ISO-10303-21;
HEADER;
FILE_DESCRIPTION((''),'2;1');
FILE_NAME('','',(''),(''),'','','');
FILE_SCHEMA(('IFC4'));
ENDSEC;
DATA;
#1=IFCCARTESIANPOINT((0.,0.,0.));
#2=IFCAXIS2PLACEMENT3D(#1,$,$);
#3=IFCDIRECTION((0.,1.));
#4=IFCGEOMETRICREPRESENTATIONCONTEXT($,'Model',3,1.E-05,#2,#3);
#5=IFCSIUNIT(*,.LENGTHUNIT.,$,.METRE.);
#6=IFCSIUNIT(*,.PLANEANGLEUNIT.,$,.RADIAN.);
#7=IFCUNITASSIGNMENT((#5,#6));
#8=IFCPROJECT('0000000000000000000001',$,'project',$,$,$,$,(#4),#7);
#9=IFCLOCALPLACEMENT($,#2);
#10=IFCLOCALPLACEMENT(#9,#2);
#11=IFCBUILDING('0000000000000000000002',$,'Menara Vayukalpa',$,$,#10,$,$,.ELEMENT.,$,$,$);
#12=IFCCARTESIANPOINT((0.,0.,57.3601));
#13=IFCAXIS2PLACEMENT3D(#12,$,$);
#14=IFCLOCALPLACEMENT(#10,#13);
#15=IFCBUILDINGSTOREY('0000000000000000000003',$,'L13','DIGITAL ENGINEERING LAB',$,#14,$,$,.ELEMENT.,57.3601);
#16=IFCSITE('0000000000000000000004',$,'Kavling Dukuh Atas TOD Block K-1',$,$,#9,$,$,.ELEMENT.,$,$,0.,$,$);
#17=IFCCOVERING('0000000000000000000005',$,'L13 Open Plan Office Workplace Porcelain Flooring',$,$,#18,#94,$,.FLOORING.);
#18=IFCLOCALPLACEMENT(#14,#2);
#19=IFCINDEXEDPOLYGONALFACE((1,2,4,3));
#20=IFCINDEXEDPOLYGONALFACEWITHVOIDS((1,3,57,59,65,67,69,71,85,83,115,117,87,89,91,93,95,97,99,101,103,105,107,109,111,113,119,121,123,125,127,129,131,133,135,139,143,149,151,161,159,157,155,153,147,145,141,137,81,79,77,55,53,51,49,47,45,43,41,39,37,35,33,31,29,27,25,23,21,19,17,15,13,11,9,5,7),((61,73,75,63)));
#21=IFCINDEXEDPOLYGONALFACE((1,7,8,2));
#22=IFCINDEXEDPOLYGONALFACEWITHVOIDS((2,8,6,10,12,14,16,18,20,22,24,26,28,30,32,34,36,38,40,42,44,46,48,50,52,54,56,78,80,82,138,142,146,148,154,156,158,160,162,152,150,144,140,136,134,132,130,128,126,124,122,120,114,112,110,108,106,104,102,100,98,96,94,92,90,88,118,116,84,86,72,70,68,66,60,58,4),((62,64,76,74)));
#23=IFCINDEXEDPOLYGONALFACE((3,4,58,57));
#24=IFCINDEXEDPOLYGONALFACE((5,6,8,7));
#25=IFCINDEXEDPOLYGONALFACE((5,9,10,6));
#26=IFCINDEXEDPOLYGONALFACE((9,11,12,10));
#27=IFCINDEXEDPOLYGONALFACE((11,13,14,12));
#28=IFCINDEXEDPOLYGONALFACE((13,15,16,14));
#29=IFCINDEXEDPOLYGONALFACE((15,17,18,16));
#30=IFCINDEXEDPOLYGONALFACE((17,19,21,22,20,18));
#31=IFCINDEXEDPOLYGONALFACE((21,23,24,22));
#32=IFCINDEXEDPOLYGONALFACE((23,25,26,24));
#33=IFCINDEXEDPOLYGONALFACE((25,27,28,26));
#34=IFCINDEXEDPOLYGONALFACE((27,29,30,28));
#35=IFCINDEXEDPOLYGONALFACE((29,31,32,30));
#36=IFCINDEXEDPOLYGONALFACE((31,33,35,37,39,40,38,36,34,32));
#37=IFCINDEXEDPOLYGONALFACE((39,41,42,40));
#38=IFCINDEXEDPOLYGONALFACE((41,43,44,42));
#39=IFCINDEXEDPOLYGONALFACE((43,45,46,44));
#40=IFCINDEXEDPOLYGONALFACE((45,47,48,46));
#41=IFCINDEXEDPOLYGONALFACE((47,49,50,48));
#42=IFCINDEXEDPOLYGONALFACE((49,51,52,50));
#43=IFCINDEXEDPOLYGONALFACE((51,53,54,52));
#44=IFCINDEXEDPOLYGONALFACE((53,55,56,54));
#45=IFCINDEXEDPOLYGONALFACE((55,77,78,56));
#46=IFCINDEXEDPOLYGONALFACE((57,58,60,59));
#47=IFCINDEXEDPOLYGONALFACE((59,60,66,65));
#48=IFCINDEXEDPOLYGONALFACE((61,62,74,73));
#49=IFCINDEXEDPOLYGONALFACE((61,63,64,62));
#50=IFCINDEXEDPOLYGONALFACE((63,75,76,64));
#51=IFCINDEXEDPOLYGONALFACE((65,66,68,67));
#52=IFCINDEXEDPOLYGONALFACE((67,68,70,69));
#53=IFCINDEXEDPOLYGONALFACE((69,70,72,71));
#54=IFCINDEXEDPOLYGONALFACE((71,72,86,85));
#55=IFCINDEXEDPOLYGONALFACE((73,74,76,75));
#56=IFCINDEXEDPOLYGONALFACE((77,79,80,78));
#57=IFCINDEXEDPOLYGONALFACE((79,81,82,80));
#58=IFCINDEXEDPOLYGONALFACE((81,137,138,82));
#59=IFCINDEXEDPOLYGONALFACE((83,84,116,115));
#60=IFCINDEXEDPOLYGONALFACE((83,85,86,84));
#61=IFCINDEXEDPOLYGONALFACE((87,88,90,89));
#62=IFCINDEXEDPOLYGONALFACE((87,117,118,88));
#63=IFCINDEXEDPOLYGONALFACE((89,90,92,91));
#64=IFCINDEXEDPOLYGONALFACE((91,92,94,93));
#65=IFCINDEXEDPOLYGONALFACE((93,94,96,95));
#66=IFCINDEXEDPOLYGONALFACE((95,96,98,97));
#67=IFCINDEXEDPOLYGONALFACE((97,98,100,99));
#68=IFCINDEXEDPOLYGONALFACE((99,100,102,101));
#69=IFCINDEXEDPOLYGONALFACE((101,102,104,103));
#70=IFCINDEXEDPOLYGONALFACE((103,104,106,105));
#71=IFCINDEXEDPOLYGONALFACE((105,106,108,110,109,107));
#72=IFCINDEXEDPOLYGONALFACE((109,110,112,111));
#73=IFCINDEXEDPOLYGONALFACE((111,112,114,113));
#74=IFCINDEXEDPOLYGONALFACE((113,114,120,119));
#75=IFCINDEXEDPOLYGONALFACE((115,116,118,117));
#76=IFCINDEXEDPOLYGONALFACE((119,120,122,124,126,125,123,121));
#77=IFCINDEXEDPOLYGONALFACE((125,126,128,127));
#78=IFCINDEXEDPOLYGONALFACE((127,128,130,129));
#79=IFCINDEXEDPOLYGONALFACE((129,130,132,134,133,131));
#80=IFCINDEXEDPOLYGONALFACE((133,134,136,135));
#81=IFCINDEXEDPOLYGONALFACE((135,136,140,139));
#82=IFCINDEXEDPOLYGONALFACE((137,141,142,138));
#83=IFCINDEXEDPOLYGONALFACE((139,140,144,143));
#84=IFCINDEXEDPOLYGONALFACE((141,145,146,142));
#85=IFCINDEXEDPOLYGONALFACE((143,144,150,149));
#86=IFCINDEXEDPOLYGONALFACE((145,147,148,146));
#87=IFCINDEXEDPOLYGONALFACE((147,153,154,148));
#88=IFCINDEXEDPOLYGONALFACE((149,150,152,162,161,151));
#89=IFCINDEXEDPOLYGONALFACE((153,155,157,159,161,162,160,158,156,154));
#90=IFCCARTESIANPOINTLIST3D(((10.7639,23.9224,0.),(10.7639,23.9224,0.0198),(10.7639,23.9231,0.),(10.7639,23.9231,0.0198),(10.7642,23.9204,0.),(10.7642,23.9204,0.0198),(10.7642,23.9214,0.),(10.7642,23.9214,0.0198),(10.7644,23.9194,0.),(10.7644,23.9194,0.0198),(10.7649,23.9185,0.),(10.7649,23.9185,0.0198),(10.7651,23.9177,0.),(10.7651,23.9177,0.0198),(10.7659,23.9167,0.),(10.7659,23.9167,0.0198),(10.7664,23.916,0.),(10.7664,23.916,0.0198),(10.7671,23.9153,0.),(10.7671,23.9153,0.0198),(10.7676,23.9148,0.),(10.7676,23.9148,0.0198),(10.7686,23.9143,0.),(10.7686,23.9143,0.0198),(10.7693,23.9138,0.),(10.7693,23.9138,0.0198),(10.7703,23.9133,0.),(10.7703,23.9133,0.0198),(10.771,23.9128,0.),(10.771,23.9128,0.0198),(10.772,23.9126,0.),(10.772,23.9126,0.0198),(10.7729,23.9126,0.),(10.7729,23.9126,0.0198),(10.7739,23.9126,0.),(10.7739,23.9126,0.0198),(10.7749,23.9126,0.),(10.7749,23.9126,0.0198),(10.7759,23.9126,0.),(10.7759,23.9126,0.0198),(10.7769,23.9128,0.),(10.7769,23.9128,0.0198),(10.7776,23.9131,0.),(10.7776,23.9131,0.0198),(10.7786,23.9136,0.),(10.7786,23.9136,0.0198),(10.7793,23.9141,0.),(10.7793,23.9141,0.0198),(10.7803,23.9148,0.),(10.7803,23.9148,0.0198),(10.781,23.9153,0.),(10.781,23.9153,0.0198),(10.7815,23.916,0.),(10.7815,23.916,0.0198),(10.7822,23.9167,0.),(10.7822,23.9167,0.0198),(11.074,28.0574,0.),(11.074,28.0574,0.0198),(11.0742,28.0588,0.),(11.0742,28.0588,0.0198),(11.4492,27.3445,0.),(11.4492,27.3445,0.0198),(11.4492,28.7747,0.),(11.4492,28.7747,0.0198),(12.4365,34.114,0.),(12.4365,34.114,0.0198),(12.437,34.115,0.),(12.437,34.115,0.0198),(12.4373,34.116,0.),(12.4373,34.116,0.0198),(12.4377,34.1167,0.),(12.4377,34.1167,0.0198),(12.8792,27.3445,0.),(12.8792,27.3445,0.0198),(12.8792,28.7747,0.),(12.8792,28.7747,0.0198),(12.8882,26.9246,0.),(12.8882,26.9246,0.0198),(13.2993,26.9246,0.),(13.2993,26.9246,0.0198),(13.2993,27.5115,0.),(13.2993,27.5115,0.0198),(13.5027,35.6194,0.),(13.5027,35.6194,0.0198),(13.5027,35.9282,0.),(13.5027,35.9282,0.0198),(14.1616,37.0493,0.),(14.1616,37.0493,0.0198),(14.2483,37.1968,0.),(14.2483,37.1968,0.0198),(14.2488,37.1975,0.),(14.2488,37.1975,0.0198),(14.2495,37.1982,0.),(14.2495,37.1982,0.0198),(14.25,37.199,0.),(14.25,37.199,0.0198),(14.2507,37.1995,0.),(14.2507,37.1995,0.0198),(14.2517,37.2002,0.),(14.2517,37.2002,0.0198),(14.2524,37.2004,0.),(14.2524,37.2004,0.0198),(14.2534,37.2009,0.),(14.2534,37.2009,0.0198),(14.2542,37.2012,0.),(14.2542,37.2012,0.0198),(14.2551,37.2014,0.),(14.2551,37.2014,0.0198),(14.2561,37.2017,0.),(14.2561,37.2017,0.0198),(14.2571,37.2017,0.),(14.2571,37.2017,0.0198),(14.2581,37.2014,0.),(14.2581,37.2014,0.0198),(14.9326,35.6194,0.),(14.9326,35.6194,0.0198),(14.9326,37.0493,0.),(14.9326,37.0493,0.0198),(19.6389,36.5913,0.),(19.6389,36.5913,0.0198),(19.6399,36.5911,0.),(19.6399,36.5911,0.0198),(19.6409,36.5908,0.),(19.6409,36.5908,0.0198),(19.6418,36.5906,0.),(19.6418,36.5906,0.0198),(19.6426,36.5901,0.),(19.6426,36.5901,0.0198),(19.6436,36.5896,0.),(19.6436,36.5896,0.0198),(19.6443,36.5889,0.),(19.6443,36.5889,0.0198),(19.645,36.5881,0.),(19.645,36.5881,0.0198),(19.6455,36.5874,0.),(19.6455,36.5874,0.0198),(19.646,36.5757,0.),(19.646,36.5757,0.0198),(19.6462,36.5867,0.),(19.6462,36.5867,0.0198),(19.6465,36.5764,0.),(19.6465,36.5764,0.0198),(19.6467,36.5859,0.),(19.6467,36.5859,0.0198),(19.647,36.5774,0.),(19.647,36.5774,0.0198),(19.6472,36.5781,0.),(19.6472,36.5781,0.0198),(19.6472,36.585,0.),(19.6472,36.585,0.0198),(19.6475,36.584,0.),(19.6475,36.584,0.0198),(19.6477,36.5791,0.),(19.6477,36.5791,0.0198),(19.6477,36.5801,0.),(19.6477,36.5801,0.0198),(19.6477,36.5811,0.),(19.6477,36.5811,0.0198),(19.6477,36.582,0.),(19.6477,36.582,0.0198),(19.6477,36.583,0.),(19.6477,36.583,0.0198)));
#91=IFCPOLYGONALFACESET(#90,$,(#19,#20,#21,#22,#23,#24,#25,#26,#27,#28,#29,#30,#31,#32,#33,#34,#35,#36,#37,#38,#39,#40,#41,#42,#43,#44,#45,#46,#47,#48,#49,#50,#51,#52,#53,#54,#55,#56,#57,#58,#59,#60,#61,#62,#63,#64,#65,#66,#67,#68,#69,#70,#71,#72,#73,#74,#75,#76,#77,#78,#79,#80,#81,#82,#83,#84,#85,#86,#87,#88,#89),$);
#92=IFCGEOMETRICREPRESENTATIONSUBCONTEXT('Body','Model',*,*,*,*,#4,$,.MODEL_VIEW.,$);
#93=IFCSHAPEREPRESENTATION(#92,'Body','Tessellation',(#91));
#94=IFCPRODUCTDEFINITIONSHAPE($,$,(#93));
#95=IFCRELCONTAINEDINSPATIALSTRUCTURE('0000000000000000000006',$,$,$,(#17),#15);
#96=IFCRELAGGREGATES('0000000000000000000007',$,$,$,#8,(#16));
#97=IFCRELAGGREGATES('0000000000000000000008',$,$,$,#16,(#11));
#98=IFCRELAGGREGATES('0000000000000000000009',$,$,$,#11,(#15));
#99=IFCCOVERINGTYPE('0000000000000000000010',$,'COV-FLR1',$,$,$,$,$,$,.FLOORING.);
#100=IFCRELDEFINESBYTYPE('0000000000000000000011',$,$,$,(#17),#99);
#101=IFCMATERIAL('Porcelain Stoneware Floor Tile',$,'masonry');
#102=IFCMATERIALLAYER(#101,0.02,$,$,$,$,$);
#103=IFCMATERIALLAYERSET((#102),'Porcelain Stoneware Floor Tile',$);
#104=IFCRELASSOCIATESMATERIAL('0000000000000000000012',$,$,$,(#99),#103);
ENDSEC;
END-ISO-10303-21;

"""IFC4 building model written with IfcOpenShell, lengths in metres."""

from ifc_helpers import new_model, si_unit, direction, frame, origin, place, context, subcontext, project, spatial, polyline, outline, extrude, material, layer, layer_set, type_object, element, save


model = new_model("IFC4")

# Units and contexts
model_context = context("Model", 3, precision=1e-05, world=origin(), true_north=direction((0.0, 1.0)))
body_context = subcontext(model_context, "Body", "Model", "MODEL_VIEW")
ifc_project = project(units=[si_unit("LENGTHUNIT", "METRE"), si_unit("PLANEANGLEUNIT", "RADIAN")], contexts=[model_context])

# Site, building, storey
site_placement = place(None, origin())
site = spatial("IfcSite", under=ifc_project, at=site_placement, Name="Kavling Dukuh Atas TOD Block K-1", CompositionType="ELEMENT", RefElevation=0.0)
building_placement = place(site_placement, origin())
building = spatial("IfcBuilding", under=site, at=building_placement, Name="Menara Vayukalpa", CompositionType="ELEMENT")
storey_placement = place(building_placement, frame((0.0, 0.0, 57.3601)))
storey = spatial("IfcBuildingStorey", under=building, at=storey_placement, Name="L13", Description="DIGITAL ENGINEERING LAB", CompositionType="ELEMENT", Elevation=57.3601)

# Covering
ifc_material_1 = material(Name="Porcelain Stoneware Floor Tile", Category="masonry")
ifc_layer_1 = layer(ifc_material_1, 0.02)
ifc_layer_set_1 = layer_set([ifc_layer_1], Name="Porcelain Stoneware Floor Tile")
covering_type_1 = type_object("IfcCoveringType", Name="COV-FLR1", PredefinedType="FLOORING", material=ifc_layer_set_1)
covering_1_placement = place(storey_placement, origin())
element("IfcCovering", 1, at=covering_1_placement, inside=storey, type_object=covering_type_1, Name="L13 Open Plan Office Workplace Porcelain Flooring", PredefinedType="FLOORING", context=body_context, shape_type="SweptSolid", body=[
    extrude(outline(polyline([(12.8882, 26.9246), (10.7822, 23.9167), (10.7815, 23.916), (10.781, 23.9153), (10.7803, 23.9148), (10.7793, 23.9141), (10.7786, 23.9136), (10.7776, 23.9131), (10.7769, 23.9128), (10.7759, 23.9126), (10.7749, 23.9126), (10.7739, 23.9126), (10.7729, 23.9126), (10.772, 23.9126), (10.771, 23.9128), (10.7703, 23.9133), (10.7693, 23.9138), (10.7686, 23.9143), (10.7676, 23.9148), (10.7671, 23.9153), (10.7664, 23.916), (10.7659, 23.9167), (10.7651, 23.9177), (10.7649, 23.9185), (10.7644, 23.9194), (10.7642, 23.9204), (10.7642, 23.9214), (10.7639, 23.9224), (10.7639, 23.9231), (11.074, 28.0574), (11.0742, 28.0588), (12.4365, 34.114), (12.437, 34.115), (12.4373, 34.116), (12.4377, 34.1167), (13.5027, 35.9282), (13.5027, 35.6194), (14.9326, 35.6194), (14.9326, 37.0493), (14.1616, 37.0493), (14.2483, 37.1968), (14.2488, 37.1975), (14.2495, 37.1982), (14.25, 37.199), (14.2507, 37.1995), (14.2517, 37.2002), (14.2524, 37.2004), (14.2534, 37.2009), (14.2542, 37.2012), (14.2551, 37.2014), (14.2561, 37.2017), (14.2571, 37.2017), (14.2581, 37.2014), (19.6389, 36.5913), (19.6399, 36.5911), (19.6409, 36.5908), (19.6418, 36.5906), (19.6426, 36.5901), (19.6436, 36.5896), (19.6443, 36.5889), (19.645, 36.5881), (19.6455, 36.5874), (19.6462, 36.5867), (19.6467, 36.5859), (19.6472, 36.585), (19.6475, 36.584), (19.6477, 36.583), (19.6477, 36.582), (19.6477, 36.5811), (19.6477, 36.5801), (19.6477, 36.5791), (19.6472, 36.5781), (19.647, 36.5774), (19.6465, 36.5764), (19.646, 36.5757), (13.2993, 27.5115), (13.2993, 26.9246), (12.8882, 26.9246)]), holes=[polyline([(12.8792, 28.7747), (11.4492, 28.7747), (11.4492, 27.3445), (12.8792, 27.3445), (12.8792, 28.7747)])]), origin(), (0.0, 0.0, 1.0), 0.0198),
])

save(model, "model.ifc")
